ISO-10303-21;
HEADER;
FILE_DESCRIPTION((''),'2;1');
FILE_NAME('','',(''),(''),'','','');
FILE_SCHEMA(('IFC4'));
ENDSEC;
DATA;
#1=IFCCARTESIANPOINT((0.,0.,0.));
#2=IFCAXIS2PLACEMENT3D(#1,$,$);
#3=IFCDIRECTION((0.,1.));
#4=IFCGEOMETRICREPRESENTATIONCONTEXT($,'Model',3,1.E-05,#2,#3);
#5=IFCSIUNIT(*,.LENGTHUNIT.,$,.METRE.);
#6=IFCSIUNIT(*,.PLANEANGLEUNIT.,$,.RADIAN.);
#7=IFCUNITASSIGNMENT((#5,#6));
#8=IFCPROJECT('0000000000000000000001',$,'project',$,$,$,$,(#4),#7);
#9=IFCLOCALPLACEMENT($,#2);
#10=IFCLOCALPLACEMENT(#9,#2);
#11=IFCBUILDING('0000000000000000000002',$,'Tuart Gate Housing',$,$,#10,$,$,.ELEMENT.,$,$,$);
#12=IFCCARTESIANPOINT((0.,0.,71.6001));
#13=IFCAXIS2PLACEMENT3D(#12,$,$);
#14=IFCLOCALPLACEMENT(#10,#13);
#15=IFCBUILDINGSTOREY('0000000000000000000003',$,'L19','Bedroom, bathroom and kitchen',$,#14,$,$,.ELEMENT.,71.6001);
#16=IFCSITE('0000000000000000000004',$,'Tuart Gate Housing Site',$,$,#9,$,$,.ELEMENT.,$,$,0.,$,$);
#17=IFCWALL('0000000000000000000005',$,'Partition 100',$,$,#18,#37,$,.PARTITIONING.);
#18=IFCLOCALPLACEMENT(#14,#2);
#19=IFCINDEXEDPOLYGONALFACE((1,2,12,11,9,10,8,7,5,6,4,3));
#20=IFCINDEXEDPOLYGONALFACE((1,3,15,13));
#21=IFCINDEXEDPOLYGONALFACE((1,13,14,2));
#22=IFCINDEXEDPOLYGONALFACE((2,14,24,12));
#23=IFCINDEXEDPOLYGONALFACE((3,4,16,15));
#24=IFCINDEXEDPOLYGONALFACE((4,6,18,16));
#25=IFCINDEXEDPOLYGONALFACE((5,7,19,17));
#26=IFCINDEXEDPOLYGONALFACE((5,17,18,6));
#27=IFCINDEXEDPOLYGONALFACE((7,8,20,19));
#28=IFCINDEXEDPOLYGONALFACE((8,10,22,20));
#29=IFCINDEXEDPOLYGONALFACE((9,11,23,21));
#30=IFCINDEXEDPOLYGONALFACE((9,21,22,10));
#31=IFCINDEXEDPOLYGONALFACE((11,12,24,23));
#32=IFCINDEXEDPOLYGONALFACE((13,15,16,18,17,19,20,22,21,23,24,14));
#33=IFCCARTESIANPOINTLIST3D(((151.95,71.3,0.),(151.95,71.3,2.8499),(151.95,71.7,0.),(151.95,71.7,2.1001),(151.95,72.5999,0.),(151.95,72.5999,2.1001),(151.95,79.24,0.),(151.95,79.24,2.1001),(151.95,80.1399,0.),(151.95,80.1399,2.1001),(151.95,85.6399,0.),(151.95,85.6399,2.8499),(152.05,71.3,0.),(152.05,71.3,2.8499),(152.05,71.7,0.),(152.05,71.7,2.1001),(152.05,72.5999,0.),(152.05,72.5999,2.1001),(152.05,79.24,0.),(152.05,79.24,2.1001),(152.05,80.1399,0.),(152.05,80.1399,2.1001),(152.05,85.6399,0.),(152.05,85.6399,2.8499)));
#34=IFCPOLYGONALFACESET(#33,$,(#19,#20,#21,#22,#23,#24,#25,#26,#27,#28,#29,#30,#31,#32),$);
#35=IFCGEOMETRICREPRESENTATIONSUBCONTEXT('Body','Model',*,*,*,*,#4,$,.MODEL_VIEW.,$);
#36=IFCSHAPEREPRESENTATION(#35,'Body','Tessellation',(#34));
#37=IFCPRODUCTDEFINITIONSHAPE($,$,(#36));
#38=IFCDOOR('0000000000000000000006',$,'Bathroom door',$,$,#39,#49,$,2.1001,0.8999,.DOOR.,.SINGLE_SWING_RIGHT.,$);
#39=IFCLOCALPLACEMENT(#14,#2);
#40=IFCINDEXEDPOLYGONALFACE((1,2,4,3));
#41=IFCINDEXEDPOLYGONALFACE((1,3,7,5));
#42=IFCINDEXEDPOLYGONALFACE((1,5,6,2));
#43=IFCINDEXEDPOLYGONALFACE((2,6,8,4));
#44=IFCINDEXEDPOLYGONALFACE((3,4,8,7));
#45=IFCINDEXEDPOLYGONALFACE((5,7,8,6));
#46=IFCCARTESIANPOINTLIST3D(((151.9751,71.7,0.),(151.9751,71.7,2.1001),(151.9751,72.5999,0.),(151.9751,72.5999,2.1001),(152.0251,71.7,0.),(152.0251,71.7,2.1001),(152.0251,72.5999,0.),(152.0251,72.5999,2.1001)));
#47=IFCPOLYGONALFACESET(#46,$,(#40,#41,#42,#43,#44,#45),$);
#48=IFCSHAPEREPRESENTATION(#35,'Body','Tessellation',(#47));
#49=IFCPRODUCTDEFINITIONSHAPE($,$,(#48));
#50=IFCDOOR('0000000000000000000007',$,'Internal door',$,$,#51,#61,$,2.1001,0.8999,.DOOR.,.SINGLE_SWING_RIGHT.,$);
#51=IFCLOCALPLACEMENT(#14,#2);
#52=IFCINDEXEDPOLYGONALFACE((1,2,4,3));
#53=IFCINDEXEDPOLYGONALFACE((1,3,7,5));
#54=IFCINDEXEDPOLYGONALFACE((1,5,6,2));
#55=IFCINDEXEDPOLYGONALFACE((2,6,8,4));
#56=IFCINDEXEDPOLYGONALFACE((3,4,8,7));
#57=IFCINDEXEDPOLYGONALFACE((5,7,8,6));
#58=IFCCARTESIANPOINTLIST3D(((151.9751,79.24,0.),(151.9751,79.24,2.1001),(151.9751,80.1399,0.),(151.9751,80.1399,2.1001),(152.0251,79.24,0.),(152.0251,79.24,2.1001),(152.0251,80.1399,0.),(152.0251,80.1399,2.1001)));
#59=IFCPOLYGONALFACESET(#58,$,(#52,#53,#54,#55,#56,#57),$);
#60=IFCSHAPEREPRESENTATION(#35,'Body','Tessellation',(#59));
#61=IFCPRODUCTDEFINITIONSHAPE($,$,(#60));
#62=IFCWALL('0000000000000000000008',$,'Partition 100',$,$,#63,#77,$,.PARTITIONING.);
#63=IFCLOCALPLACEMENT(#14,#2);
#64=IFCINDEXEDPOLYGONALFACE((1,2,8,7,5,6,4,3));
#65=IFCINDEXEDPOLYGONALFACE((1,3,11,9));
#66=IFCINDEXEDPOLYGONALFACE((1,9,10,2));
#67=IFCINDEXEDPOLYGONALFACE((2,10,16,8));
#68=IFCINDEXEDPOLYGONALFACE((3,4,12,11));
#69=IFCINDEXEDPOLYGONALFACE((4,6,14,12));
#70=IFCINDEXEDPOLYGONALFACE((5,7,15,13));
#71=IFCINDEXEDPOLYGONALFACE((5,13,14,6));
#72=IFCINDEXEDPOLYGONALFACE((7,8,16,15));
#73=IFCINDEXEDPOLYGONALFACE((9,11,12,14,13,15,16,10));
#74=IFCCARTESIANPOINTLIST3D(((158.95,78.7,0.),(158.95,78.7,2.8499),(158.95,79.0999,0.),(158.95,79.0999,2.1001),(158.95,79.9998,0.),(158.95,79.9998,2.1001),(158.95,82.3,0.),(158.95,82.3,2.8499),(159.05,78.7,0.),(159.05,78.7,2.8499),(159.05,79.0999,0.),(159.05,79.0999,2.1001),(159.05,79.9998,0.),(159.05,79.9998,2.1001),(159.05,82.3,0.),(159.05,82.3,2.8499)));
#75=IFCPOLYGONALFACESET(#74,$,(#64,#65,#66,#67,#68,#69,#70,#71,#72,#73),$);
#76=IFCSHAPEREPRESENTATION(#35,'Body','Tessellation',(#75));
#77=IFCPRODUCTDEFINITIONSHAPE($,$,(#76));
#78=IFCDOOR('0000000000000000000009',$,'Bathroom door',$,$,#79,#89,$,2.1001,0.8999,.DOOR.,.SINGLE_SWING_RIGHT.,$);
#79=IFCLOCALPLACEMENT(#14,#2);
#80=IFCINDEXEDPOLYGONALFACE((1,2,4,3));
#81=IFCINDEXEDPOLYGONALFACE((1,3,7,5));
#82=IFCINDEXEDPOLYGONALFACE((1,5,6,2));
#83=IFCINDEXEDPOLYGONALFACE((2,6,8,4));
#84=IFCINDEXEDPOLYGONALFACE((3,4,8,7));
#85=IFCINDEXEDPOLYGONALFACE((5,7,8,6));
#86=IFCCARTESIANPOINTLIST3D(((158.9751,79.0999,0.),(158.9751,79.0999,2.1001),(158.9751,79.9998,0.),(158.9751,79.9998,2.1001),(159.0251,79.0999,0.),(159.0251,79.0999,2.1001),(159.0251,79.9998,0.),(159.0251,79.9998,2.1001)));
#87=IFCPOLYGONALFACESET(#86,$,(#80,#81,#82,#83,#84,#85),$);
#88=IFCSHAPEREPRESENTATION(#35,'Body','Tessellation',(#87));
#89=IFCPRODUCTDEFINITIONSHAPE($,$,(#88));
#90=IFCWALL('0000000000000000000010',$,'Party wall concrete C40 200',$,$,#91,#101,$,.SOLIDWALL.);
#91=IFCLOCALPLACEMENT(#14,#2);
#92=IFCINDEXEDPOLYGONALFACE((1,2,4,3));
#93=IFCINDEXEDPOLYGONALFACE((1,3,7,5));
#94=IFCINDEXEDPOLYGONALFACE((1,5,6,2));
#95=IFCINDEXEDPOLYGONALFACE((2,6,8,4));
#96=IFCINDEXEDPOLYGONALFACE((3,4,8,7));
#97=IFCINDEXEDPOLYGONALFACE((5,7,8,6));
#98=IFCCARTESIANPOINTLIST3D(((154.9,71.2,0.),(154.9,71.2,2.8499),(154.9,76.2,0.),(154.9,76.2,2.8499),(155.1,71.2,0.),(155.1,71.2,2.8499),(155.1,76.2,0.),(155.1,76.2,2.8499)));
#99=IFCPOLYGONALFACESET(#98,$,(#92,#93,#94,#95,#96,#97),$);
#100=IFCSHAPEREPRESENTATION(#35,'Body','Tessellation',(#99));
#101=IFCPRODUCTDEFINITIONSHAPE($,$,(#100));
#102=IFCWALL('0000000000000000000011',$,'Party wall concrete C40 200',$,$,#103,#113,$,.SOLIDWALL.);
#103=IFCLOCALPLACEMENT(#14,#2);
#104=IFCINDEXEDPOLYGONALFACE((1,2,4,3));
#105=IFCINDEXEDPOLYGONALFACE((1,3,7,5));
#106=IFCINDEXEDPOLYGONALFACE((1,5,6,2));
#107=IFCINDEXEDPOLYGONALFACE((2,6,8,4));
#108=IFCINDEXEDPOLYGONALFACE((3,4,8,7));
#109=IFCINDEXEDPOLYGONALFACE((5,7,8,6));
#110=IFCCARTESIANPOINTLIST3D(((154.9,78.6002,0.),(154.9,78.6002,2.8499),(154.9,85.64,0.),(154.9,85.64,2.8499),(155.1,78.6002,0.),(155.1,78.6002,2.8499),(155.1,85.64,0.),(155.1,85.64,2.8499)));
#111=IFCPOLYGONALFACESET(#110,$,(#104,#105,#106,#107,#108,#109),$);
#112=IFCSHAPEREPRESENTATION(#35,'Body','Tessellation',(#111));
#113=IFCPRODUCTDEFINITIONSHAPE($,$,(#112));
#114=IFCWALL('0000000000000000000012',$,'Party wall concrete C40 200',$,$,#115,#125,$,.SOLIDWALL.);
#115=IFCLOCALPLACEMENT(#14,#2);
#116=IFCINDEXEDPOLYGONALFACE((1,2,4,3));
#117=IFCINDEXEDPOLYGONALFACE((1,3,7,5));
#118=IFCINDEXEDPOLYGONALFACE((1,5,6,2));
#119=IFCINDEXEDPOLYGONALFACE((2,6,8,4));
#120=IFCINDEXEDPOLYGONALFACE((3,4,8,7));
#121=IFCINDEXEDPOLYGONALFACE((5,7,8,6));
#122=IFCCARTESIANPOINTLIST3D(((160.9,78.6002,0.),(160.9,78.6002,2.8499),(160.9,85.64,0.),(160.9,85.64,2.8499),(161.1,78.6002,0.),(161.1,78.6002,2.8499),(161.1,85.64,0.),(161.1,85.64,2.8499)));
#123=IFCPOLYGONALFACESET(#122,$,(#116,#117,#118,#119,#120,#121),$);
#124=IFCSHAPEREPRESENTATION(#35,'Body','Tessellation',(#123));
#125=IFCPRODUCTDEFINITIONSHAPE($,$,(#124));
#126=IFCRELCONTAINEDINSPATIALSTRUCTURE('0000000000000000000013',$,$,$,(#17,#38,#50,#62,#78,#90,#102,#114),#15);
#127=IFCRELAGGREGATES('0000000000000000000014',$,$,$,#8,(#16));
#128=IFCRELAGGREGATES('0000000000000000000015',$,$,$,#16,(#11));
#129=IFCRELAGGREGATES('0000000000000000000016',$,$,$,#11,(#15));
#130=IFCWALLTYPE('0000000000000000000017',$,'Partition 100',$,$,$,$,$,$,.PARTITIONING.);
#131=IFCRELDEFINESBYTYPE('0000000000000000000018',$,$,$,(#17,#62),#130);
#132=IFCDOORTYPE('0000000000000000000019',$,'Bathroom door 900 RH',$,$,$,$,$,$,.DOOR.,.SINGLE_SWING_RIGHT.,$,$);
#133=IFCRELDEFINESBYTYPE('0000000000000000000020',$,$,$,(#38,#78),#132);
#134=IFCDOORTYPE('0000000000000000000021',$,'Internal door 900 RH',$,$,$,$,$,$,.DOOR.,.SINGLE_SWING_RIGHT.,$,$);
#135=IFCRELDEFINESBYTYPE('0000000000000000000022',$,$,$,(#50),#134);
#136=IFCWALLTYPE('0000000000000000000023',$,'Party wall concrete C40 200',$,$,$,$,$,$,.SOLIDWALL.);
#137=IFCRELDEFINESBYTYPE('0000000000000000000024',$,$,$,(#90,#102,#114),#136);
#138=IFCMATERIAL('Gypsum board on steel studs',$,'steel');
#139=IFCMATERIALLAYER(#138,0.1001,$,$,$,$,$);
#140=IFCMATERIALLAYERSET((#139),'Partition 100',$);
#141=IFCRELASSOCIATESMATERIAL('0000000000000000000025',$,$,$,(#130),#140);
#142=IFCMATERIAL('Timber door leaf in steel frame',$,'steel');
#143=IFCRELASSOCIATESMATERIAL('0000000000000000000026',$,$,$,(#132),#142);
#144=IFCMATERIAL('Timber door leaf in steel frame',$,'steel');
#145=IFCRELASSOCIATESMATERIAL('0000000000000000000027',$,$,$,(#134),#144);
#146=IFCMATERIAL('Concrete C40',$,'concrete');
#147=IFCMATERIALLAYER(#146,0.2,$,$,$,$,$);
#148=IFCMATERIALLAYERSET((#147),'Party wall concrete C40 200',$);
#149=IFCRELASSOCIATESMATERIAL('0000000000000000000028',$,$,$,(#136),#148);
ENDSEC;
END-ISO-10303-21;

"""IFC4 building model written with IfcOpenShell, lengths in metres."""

from ifc_helpers import new_model, si_unit, direction, frame, frame_2d, origin, place, context, subcontext, project, spatial, rectangle, extrude, material, layer, layer_set, type_object, element, fill, save


model = new_model("IFC4")

# Units and contexts
model_context = context("Model", 3, precision=1e-05, world=origin(), true_north=direction((0.0, 1.0)))
body_context = subcontext(model_context, "Body", "Model", "MODEL_VIEW")
ifc_project = project(units=[si_unit("LENGTHUNIT", "METRE"), si_unit("PLANEANGLEUNIT", "RADIAN")], contexts=[model_context])

# Site, building, storey
site_placement = place(None, origin())
site = spatial("IfcSite", under=ifc_project, at=site_placement, Name="Tuart Gate Housing Site", CompositionType="ELEMENT", RefElevation=0.0)
building_placement = place(site_placement, origin())
building = spatial("IfcBuilding", under=site, at=building_placement, Name="Tuart Gate Housing", CompositionType="ELEMENT")
storey_placement = place(building_placement, frame((0.0, 0.0, 71.6001)))
storey = spatial("IfcBuildingStorey", under=building, at=storey_placement, Name="L19", Description="Bedroom, bathroom and kitchen", CompositionType="ELEMENT", Elevation=71.6001)

# Shared definitions
ifc_material_1 = material(Name="Gypsum board on steel studs", Category="steel")
ifc_layer_1 = layer(ifc_material_1, 0.1001)
ifc_layer_set_1 = layer_set([ifc_layer_1], Name="Partition 100")
wall_type_1 = type_object("IfcWallType", Name="Partition 100", PredefinedType="PARTITIONING", material=ifc_layer_set_1)

# Wall, openings, doors
wall_1_placement = place(storey_placement, frame((152.0, 71.3, 0.0), z_axis=(0.0, 0.0, 1.0), x_axis=(0.0, 1.0, 0.0)))
wall_1 = element("IfcWall", 1, at=wall_1_placement, inside=storey, type_object=wall_type_1, Name="Partition 100", PredefinedType="PARTITIONING", context=body_context, shape_type="SweptSolid", body=[
    extrude(rectangle(XDim=14.3398, YDim=0.1001, at=frame_2d((7.1699, 0.0))), origin(), (0.0, 0.0, 1.0), 2.8499),
])
opening_1_placement = place(wall_1_placement, frame((7.9399, 0.0, 0.0)))
opening_1 = element("IfcOpeningElement", 2, at=opening_1_placement, cuts=wall_1, PredefinedType="OPENING", context=body_context, shape_type="SweptSolid", body=[
    extrude(rectangle(XDim=0.8999, YDim=2.1001, at=frame_2d((0.45, 1.05))), frame((0.0, 0.0601, 0.0), z_axis=(0.0, -1.0, 0.0), x_axis=(1.0, 0.0, 0.0)), (0.0, 0.0, 1.0), 0.1201),
])
opening_2_placement = place(wall_1_placement, frame((0.3999, 0.0, 0.0)))
opening_2 = element("IfcOpeningElement", 3, at=opening_2_placement, cuts=wall_1, PredefinedType="OPENING", context=body_context, shape_type="SweptSolid", body=[
    extrude(rectangle(XDim=0.8999, YDim=2.1001, at=frame_2d((0.45, 1.05))), frame((0.0, 0.0601, 0.0), z_axis=(0.0, -1.0, 0.0), x_axis=(1.0, 0.0, 0.0)), (0.0, 0.0, 1.0), 0.1201),
])
ifc_material_2 = material(Name="Timber door leaf in steel frame", Category="steel")
door_type_1 = type_object("IfcDoorType", Name="Bathroom door 900 RH", OperationType="SINGLE_SWING_RIGHT", PredefinedType="DOOR", material=ifc_material_2)
door_1_placement = place(opening_2_placement, frame((0.8999, 0.0, 0.0), z_axis=(0.0, 0.0, 1.0), x_axis=(-1.0, 0.0, 0.0)))
door_1 = element("IfcDoor", 4, at=door_1_placement, inside=storey, type_object=door_type_1, Name="Bathroom door", OperationType="SINGLE_SWING_RIGHT", OverallHeight=2.1001, OverallWidth=0.8999, PredefinedType="DOOR", context=body_context, shape_type="SweptSolid", body=[
    extrude(rectangle(XDim=0.8999, YDim=2.1001, at=frame_2d((0.45, 1.05))), frame((0.0, 0.0251, 0.0), z_axis=(0.0, -1.0, 0.0), x_axis=(1.0, 0.0, 0.0)), (0.0, 0.0, 1.0), 0.05),
])
fill(opening_2, door_1)
ifc_material_3 = material(Name="Timber door leaf in steel frame", Category="steel")
door_type_2 = type_object("IfcDoorType", Name="Internal door 900 RH", OperationType="SINGLE_SWING_RIGHT", PredefinedType="DOOR", material=ifc_material_3)
door_2_placement = place(opening_1_placement, frame((0.8999, 0.0, 0.0), z_axis=(0.0, 0.0, 1.0), x_axis=(-1.0, 0.0, 0.0)))
door_2 = element("IfcDoor", 5, at=door_2_placement, inside=storey, type_object=door_type_2, Name="Internal door", OperationType="SINGLE_SWING_RIGHT", OverallHeight=2.1001, OverallWidth=0.8999, PredefinedType="DOOR", context=body_context, shape_type="SweptSolid", body=[
    extrude(rectangle(XDim=0.8999, YDim=2.1001, at=frame_2d((0.45, 1.05))), frame((0.0, 0.0251, 0.0), z_axis=(0.0, -1.0, 0.0), x_axis=(1.0, 0.0, 0.0)), (0.0, 0.0, 1.0), 0.05),
])
fill(opening_1, door_2)

# Wall, opening, door
wall_2_placement = place(storey_placement, frame((159.0, 78.7, 0.0), z_axis=(0.0, 0.0, 1.0), x_axis=(0.0, 1.0, 0.0)))
wall_2 = element("IfcWall", 6, at=wall_2_placement, inside=storey, type_object=wall_type_1, Name="Partition 100", PredefinedType="PARTITIONING", context=body_context, shape_type="SweptSolid", body=[
    extrude(rectangle(XDim=3.6001, YDim=0.1001, at=frame_2d((1.8, 0.0))), origin(), (0.0, 0.0, 1.0), 2.8499),
])
opening_3_placement = place(wall_2_placement, frame((0.3999, 0.0, 0.0)))
opening_3 = element("IfcOpeningElement", 7, at=opening_3_placement, cuts=wall_2, PredefinedType="OPENING", context=body_context, shape_type="SweptSolid", body=[
    extrude(rectangle(XDim=0.8999, YDim=2.1001, at=frame_2d((0.45, 1.05))), frame((0.0, 0.0601, 0.0), z_axis=(0.0, -1.0, 0.0), x_axis=(1.0, 0.0, 0.0)), (0.0, 0.0, 1.0), 0.1201),
])
door_3_placement = place(opening_3_placement, frame((0.8999, 0.0, 0.0), z_axis=(0.0, 0.0, 1.0), x_axis=(-1.0, 0.0, 0.0)))
door_3 = element("IfcDoor", 8, at=door_3_placement, inside=storey, type_object=door_type_1, Name="Bathroom door", OperationType="SINGLE_SWING_RIGHT", OverallHeight=2.1001, OverallWidth=0.8999, PredefinedType="DOOR", context=body_context, shape_type="SweptSolid", body=[
    extrude(rectangle(XDim=0.8999, YDim=2.1001, at=frame_2d((0.45, 1.05))), frame((0.0, 0.0251, 0.0), z_axis=(0.0, -1.0, 0.0), x_axis=(1.0, 0.0, 0.0)), (0.0, 0.0, 1.0), 0.05),
])
fill(opening_3, door_3)

# Walls
ifc_material_4 = material(Name="Concrete C40", Category="concrete")
ifc_layer_2 = layer(ifc_material_4, 0.2)
ifc_layer_set_2 = layer_set([ifc_layer_2], Name="Party wall concrete C40 200")
wall_type_2 = type_object("IfcWallType", Name="Party wall concrete C40 200", PredefinedType="SOLIDWALL", material=ifc_layer_set_2)
wall_3_placement = place(storey_placement, frame((155.0, 71.2, 0.0), z_axis=(0.0, 0.0, 1.0), x_axis=(0.0, 1.0, 0.0)))
element("IfcWall", 9, at=wall_3_placement, inside=storey, type_object=wall_type_2, Name="Party wall concrete C40 200", PredefinedType="SOLIDWALL", context=body_context, shape_type="SweptSolid", body=[
    extrude(rectangle(XDim=5.0, YDim=0.2, at=frame_2d((2.5, 0.0))), origin(), (0.0, 0.0, 1.0), 2.8499),
])
for number, where, z_axis, x_axis, name in (
    (10, (155.0, 78.6001, 0.0), (0.0, 0.0, 1.0), (0.0, 1.0, 0.0), "Party wall concrete C40 200"),
    (11, (161.0, 78.6001, 0.0), (0.0, 0.0, 1.0), (0.0, 1.0, 0.0), "Party wall concrete C40 200"),
):
    element("IfcWall", number, at=place(storey_placement, frame(where, z_axis=z_axis, x_axis=x_axis)), inside=storey, type_object=wall_type_2, Name=name, PredefinedType="SOLIDWALL", context=body_context, shape_type="SweptSolid", body=[
        extrude(rectangle(XDim=7.0398, YDim=0.2, at=frame_2d((3.52, 0.0))), origin(), (0.0, 0.0, 1.0), 2.8499),
    ])

save(model, "model.ifc")
